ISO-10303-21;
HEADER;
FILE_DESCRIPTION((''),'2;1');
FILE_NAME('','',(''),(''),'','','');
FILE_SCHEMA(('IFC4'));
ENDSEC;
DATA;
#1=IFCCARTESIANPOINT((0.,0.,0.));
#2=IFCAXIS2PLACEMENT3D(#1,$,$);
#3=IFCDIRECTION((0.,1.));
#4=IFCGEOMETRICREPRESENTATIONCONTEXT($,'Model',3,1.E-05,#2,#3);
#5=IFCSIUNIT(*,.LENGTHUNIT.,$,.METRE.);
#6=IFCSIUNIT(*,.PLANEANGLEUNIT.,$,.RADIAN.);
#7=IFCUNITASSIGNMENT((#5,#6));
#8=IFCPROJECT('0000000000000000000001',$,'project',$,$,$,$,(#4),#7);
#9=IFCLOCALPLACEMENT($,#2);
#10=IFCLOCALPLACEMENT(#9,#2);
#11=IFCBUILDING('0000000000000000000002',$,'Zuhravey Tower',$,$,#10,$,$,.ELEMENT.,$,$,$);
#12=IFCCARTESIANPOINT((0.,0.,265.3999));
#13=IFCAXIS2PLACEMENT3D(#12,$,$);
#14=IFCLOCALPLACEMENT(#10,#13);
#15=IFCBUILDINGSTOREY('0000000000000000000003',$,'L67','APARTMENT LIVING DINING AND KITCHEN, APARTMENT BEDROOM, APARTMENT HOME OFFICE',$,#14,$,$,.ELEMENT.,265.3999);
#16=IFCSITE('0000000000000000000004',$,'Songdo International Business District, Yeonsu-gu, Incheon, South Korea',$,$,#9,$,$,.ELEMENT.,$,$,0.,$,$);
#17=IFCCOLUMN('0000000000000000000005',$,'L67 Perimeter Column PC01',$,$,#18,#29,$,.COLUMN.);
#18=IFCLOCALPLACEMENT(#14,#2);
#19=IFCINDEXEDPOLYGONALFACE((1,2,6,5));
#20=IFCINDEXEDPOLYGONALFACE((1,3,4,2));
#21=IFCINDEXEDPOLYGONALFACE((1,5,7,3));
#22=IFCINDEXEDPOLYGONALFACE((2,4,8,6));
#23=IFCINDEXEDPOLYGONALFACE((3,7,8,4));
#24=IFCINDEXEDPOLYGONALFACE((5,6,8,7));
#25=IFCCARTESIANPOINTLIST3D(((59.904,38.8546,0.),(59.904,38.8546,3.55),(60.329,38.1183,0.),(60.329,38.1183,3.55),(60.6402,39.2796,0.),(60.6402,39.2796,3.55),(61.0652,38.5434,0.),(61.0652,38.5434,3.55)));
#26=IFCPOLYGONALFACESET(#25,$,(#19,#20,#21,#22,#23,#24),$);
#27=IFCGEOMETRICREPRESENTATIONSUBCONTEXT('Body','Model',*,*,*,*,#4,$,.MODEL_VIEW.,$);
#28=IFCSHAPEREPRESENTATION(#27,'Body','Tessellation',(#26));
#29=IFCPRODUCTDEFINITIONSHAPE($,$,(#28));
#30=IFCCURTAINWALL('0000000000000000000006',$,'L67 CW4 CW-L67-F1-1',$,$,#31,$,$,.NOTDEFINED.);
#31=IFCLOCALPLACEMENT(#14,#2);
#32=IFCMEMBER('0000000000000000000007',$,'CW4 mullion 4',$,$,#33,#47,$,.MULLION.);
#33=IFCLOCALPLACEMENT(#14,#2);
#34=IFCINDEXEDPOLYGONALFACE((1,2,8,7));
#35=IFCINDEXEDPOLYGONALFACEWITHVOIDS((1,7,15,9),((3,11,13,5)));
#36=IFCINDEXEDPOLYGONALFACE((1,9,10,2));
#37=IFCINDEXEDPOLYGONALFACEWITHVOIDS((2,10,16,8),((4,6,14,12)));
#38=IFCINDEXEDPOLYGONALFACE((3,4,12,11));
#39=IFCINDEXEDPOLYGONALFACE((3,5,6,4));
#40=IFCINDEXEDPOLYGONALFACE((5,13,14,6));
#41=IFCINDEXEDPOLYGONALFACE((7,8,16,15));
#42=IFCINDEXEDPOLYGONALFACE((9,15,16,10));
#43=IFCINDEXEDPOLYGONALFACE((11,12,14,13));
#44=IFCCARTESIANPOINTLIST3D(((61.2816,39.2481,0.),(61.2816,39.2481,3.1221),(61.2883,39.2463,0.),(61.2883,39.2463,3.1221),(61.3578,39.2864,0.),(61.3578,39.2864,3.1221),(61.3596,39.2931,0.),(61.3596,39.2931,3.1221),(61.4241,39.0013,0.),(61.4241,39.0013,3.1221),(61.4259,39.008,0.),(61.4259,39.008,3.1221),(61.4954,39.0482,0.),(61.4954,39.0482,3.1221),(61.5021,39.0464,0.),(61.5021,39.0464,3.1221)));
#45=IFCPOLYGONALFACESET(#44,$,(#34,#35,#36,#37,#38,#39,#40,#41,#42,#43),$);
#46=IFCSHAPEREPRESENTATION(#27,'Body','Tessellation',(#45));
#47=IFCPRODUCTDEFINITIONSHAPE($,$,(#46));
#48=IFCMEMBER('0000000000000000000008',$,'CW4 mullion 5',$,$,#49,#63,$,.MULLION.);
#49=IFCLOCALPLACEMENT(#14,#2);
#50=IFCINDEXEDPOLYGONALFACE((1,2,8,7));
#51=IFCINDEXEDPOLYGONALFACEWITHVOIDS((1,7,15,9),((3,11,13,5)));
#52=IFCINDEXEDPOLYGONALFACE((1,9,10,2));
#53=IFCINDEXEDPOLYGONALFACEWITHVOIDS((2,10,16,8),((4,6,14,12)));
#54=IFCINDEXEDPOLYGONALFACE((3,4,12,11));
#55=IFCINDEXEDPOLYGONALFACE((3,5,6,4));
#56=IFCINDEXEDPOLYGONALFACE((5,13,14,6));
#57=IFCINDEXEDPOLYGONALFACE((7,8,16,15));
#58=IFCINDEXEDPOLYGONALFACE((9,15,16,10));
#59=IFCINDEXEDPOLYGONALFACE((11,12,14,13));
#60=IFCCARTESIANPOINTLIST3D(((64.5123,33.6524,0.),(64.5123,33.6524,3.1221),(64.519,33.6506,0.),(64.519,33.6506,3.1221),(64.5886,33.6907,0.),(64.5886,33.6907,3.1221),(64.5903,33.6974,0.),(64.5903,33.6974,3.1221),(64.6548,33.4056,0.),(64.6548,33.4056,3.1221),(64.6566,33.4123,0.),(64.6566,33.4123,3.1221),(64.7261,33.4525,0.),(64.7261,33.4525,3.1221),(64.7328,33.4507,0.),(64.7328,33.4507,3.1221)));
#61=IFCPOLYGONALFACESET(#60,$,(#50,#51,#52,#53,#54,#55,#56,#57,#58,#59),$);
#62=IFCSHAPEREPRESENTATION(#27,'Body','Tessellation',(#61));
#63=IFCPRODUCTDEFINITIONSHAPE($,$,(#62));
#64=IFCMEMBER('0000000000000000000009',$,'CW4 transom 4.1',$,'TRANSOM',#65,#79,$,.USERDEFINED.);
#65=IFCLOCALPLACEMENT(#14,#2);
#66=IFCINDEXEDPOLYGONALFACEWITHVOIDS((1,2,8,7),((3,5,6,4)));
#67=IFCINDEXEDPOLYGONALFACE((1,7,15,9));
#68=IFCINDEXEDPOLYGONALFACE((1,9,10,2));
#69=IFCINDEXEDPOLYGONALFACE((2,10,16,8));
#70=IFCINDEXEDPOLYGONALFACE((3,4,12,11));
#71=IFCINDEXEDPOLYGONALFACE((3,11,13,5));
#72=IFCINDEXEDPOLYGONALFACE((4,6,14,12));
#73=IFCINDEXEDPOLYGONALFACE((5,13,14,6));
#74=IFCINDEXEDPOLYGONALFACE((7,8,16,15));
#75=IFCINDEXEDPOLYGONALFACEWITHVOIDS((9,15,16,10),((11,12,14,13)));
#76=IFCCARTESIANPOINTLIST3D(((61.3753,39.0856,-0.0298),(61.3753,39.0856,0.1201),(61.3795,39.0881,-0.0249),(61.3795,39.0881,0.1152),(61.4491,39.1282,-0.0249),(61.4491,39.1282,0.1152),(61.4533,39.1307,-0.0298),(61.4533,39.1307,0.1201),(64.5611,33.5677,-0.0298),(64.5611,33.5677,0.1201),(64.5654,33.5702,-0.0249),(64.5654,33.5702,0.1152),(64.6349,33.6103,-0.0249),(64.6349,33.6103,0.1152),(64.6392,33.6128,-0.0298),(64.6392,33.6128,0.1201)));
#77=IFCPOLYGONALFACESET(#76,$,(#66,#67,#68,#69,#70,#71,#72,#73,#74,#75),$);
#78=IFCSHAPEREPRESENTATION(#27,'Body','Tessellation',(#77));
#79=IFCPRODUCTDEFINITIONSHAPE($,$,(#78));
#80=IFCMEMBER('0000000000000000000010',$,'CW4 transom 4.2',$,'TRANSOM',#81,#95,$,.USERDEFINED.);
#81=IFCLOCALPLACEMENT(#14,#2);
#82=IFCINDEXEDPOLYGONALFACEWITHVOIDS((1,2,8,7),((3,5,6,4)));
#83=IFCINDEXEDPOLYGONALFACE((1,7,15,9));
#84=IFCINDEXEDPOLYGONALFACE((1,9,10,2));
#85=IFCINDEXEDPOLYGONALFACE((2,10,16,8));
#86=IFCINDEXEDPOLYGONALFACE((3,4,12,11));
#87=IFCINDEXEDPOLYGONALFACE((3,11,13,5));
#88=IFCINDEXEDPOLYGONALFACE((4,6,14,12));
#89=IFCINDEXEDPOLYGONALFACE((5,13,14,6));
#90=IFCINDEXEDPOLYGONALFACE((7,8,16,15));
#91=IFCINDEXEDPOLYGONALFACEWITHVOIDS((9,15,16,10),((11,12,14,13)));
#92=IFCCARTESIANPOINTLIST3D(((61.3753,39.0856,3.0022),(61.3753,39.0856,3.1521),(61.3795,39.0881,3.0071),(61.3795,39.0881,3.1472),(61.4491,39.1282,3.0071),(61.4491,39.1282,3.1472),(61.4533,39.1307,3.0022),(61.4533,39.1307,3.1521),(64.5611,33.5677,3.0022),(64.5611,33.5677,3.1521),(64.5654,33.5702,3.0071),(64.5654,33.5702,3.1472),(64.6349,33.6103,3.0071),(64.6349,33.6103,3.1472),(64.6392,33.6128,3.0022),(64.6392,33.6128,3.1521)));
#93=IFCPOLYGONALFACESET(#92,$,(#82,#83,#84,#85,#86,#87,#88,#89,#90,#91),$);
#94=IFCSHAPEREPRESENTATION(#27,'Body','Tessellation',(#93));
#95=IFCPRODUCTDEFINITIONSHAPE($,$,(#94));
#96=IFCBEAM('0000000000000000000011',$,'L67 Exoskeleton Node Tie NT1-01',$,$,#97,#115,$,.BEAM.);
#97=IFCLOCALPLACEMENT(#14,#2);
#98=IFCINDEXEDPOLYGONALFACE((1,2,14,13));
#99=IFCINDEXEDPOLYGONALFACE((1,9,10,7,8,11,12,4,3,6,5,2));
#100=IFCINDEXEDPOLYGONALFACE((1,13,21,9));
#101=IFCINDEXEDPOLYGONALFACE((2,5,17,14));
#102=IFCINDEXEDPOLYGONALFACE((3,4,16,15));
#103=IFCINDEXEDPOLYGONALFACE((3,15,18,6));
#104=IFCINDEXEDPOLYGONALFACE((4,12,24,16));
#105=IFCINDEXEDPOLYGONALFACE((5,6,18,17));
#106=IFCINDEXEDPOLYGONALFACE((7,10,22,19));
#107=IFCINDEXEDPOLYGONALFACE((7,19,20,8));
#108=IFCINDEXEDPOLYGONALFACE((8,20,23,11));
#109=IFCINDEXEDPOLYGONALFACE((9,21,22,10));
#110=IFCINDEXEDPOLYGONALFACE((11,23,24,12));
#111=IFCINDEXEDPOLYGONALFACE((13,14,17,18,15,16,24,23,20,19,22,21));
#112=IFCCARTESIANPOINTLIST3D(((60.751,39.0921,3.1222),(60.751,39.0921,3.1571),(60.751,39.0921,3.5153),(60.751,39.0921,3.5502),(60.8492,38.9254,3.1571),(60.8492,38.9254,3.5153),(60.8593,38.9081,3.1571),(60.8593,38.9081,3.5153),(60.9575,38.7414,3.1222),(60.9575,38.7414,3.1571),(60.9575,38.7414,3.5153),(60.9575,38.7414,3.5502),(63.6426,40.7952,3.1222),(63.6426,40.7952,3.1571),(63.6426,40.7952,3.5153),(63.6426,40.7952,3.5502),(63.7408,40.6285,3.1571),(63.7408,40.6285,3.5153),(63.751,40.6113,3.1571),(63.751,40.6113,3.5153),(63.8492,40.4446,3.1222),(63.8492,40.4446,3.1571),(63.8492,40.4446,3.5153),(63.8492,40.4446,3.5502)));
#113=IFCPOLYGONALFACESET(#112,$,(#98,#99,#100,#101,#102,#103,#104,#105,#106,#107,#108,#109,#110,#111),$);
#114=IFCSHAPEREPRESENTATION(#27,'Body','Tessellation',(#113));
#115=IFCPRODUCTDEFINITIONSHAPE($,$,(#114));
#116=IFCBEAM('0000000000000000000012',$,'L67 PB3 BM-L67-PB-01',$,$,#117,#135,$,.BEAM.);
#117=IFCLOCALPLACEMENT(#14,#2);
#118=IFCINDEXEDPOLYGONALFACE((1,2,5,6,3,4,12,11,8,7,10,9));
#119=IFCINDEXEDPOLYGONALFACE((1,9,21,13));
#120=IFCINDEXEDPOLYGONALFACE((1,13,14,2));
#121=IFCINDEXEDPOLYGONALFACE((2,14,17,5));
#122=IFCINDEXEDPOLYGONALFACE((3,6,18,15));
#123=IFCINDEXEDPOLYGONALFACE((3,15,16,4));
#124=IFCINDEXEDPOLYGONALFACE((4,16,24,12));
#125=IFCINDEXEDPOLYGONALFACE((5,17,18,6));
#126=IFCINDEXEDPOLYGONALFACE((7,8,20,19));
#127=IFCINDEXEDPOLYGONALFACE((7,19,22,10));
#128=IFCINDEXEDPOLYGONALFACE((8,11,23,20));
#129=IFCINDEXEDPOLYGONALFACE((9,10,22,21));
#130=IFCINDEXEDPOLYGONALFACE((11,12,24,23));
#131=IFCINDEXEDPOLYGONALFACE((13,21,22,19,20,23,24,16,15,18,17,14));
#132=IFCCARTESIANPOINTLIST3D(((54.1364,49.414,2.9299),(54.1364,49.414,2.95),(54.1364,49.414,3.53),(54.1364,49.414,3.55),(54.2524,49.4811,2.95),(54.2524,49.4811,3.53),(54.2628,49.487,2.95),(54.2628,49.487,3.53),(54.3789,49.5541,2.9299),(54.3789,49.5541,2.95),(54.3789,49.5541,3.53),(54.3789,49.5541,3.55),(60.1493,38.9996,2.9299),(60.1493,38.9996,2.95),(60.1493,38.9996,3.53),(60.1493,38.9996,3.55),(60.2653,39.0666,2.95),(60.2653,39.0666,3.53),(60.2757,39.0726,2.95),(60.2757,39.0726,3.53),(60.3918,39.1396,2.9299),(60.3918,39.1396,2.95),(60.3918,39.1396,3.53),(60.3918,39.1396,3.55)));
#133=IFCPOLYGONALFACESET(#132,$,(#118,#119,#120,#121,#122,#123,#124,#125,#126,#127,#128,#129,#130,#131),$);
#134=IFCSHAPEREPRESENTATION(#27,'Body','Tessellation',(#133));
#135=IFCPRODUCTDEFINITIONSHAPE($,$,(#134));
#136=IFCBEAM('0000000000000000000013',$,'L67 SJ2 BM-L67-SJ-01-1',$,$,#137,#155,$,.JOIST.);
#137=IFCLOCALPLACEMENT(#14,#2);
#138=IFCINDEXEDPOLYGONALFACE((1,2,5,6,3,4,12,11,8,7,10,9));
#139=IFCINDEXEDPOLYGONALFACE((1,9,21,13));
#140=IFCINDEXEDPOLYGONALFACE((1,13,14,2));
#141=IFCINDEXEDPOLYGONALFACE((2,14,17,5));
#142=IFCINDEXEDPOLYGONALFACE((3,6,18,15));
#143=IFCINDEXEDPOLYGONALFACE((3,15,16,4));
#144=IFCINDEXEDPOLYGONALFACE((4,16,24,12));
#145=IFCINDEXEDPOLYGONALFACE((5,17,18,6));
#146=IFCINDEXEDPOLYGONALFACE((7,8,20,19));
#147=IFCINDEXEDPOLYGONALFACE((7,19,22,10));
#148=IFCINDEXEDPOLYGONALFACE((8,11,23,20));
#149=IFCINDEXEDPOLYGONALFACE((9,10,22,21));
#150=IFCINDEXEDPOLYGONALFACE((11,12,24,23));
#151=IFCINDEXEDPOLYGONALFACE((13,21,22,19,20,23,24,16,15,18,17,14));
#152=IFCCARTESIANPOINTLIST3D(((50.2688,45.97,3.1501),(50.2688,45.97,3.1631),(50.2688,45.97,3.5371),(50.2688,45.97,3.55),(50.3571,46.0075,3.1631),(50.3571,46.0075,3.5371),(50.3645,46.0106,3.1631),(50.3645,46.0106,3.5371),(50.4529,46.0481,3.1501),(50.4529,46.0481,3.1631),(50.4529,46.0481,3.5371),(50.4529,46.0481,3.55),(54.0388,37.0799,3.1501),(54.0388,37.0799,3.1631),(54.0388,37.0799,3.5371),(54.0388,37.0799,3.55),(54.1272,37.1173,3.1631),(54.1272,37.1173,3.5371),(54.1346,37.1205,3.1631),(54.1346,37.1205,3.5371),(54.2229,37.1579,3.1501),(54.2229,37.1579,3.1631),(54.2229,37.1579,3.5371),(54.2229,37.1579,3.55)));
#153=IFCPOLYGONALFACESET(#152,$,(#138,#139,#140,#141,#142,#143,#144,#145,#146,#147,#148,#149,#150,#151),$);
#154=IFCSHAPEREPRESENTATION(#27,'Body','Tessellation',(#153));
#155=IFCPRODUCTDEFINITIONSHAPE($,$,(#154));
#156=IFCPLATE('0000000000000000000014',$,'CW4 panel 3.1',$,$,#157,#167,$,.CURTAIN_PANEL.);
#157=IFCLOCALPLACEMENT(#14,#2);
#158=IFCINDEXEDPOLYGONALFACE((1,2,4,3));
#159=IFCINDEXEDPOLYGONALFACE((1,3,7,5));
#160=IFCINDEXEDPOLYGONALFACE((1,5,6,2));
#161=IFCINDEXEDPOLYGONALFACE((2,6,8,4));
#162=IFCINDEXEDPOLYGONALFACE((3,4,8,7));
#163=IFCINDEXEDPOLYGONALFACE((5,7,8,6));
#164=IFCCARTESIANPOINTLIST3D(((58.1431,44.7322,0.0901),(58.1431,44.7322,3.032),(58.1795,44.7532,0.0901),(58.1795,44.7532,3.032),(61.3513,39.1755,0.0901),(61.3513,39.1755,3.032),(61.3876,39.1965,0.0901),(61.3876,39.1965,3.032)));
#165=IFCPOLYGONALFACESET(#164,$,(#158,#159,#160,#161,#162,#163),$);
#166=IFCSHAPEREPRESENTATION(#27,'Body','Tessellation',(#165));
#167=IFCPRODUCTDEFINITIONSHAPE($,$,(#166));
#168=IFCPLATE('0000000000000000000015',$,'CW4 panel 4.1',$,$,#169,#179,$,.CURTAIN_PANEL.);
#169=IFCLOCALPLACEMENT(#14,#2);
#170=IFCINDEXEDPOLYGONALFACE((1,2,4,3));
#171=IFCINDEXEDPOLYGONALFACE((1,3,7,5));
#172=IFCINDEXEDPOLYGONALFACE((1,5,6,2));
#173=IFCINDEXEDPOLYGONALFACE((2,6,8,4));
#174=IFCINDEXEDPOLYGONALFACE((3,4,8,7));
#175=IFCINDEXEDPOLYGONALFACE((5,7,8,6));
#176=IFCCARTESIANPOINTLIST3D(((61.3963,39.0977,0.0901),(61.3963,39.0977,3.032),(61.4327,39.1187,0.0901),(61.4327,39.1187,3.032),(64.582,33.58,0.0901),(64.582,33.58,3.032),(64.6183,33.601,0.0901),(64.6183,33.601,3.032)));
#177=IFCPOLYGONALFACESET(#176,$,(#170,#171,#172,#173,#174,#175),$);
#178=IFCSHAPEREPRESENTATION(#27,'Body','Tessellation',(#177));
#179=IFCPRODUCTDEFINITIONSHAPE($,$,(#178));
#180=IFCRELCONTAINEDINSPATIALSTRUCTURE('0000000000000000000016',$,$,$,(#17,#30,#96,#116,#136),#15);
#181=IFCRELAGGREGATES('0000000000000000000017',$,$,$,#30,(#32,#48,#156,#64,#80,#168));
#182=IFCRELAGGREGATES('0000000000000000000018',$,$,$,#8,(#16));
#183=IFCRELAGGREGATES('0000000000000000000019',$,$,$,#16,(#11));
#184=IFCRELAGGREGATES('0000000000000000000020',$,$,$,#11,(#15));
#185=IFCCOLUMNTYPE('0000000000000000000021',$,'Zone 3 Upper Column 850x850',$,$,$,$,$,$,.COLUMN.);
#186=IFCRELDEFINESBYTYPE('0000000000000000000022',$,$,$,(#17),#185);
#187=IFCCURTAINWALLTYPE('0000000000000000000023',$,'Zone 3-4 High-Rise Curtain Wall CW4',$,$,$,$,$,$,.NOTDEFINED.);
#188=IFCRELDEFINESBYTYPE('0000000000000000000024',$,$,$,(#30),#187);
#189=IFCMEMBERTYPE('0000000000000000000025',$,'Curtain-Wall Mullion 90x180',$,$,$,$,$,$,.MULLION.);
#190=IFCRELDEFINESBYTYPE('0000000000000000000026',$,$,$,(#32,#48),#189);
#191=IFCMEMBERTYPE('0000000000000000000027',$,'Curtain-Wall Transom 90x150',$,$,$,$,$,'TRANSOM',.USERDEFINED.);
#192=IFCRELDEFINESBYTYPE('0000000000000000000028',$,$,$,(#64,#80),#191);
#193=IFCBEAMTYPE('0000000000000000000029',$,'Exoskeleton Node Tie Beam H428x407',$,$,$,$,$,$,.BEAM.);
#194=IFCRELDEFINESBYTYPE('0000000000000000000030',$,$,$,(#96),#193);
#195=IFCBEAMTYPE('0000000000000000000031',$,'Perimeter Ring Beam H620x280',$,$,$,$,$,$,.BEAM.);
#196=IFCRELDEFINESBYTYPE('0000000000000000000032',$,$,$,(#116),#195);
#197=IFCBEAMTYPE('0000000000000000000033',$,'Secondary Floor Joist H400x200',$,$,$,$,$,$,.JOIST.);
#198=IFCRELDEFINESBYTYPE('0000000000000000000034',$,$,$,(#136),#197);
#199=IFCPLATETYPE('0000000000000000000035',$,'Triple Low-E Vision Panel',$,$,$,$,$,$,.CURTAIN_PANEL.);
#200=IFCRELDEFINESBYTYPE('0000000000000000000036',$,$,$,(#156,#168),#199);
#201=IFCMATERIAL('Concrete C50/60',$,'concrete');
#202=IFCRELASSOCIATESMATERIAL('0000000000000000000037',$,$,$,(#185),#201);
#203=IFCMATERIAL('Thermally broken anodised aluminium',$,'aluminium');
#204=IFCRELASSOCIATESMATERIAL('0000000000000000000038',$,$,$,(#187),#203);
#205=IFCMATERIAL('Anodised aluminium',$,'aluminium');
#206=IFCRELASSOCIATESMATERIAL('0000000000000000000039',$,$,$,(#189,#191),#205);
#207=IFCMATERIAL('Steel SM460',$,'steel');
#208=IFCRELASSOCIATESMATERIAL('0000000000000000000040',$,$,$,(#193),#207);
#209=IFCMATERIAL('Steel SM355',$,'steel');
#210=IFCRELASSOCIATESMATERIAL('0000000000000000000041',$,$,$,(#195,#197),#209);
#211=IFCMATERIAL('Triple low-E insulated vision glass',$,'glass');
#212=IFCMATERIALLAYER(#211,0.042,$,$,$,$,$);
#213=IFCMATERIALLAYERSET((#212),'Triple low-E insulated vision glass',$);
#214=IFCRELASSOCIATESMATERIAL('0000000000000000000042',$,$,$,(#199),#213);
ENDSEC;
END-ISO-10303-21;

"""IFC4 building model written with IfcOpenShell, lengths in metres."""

from ifc_helpers import new_model, si_unit, direction, frame, origin, origin_2d, place, context, subcontext, project, spatial, rectangle, hollow_rectangle, i_section, extrude, material, layer, layer_set, material_profile, profile_set, type_object, element, aggregate, save


model = new_model("IFC4")

# Units and contexts
model_context = context("Model", 3, precision=1e-05, world=origin(), true_north=direction((0.0, 1.0)))
body_context = subcontext(model_context, "Body", "Model", "MODEL_VIEW")
ifc_project = project(units=[si_unit("LENGTHUNIT", "METRE"), si_unit("PLANEANGLEUNIT", "RADIAN")], contexts=[model_context])

# Site, building, storey
site_placement = place(None, origin())
site = spatial("IfcSite", under=ifc_project, at=site_placement, Name="Songdo International Business District, Yeonsu-gu, Incheon, South Korea", CompositionType="ELEMENT", RefElevation=0.0)
building_placement = place(site_placement, origin())
building = spatial("IfcBuilding", under=site, at=building_placement, Name="Zuhravey Tower", CompositionType="ELEMENT")
storey_placement = place(building_placement, frame((0.0, 0.0, 265.3999)))
storey = spatial("IfcBuildingStorey", under=building, at=storey_placement, Name="L67", Description="APARTMENT LIVING DINING AND KITCHEN, APARTMENT BEDROOM, APARTMENT HOME OFFICE", CompositionType="ELEMENT", Elevation=265.3999)

# Column
ifc_material_1 = material(Name="Concrete C50/60", Category="concrete")
ifc_material_profile_1 = material_profile(ifc_material_1, rectangle(XDim=0.8501, YDim=0.8501, at=origin_2d()), Name="RC-850x850")
ifc_profile_set_1 = profile_set([ifc_material_profile_1], Name="Concrete C50/60")
column_type = type_object("IfcColumnType", Name="Zone 3 Upper Column 850x850", PredefinedType="COLUMN", material=ifc_profile_set_1)
column_placement = place(storey_placement, frame((60.4846, 38.699, 0.0), z_axis=(0.0, 0.0, 1.0), x_axis=(-0.5, 0.866025, 0.0)))
element("IfcColumn", 1, at=column_placement, inside=storey, type_object=column_type, Name="L67 Perimeter Column PC01", PredefinedType="COLUMN", context=body_context, shape_type="SweptSolid", body=[
    extrude(rectangle(XDim=0.8501, YDim=0.8501, at=origin_2d()), origin(), (0.0, 0.0, 1.0), 3.55),
])

# Curtain wall, members
ifc_material_2 = material(Name="Thermally broken anodised aluminium", Category="aluminium")
curtain_wall_type = type_object("IfcCurtainWallType", Name="Zone 3-4 High-Rise Curtain Wall CW4", PredefinedType="NOTDEFINED", material=ifc_material_2)
curtain_wall_placement = place(storey_placement, origin())
curtain_wall = element("IfcCurtainWall", 2, at=curtain_wall_placement, inside=storey, type_object=curtain_wall_type, Name="L67 CW4 CW-L67-F1-1", PredefinedType="NOTDEFINED")
ifc_material_3 = material(Name="Anodised aluminium", Category="aluminium")
ifc_material_profile_2 = material_profile(ifc_material_3, hollow_rectangle(XDim=0.0901, YDim=0.2849, WallThickness=0.0049, at=origin_2d()), Name="ALU-RHS-90x285x5")
ifc_profile_set_2 = profile_set([ifc_material_profile_2], Name="Anodised aluminium")
member_type_1 = type_object("IfcMemberType", Name="Curtain-Wall Mullion 90x180", PredefinedType="MULLION", material=ifc_profile_set_2)
member_1_placement = place(storey_placement, frame((61.3918, 39.1472, 0.0), z_axis=(0.0, 0.0, 1.0), x_axis=(0.866025, 0.500001, 0.0)))
member_1 = element("IfcMember", 3, at=member_1_placement, type_object=member_type_1, Name="CW4 mullion 4", PredefinedType="MULLION", context=body_context, shape_type="SweptSolid", body=[
    extrude(hollow_rectangle(XDim=0.0901, YDim=0.2849, WallThickness=0.0049, at=origin_2d()), origin(), (0.0, 0.0, 1.0), 3.1221),
])
member_2_placement = place(storey_placement, frame((64.6226, 33.5515, 0.0), z_axis=(0.0, 0.0, 1.0), x_axis=(0.866025, 0.500001, 0.0)))
member_2 = element("IfcMember", 4, at=member_2_placement, type_object=member_type_1, Name="CW4 mullion 5", PredefinedType="MULLION", context=body_context, shape_type="SweptSolid", body=[
    extrude(hollow_rectangle(XDim=0.0901, YDim=0.2849, WallThickness=0.0049, at=origin_2d()), origin(), (0.0, 0.0, 1.0), 3.1221),
])
ifc_material_profile_3 = material_profile(ifc_material_3, hollow_rectangle(XDim=0.0901, YDim=0.1499, WallThickness=0.0049, at=origin_2d()), Name="ALU-RHS-90x150x5")
ifc_profile_set_3 = profile_set([ifc_material_profile_3], Name="Anodised aluminium")
member_type_2 = type_object("IfcMemberType", Name="Curtain-Wall Transom 90x150", ElementType="TRANSOM", PredefinedType="USERDEFINED", material=ifc_profile_set_3)
member_3_placement = place(storey_placement, frame((61.4143, 39.1082, 0.0452), z_axis=(0.500009, -0.86602, 0.0), x_axis=(0.86602, 0.500009, 0.0)))
member_3 = element("IfcMember", 5, at=member_3_placement, type_object=member_type_2, Name="CW4 transom 4.1", ObjectType="TRANSOM", PredefinedType="USERDEFINED", context=body_context, shape_type="SweptSolid", body=[
    extrude(hollow_rectangle(XDim=0.0901, YDim=0.1499, WallThickness=0.0049, at=origin_2d()), origin(), (0.0, 0.0, 1.0), 6.3716),
])
member_4_placement = place(storey_placement, frame((61.4143, 39.1082, 3.0771), z_axis=(0.500009, -0.86602, 0.0), x_axis=(0.86602, 0.500009, 0.0)))
member_4 = element("IfcMember", 6, at=member_4_placement, type_object=member_type_2, Name="CW4 transom 4.2", ObjectType="TRANSOM", PredefinedType="USERDEFINED", context=body_context, shape_type="SweptSolid", body=[
    extrude(hollow_rectangle(XDim=0.0901, YDim=0.1499, WallThickness=0.0049, at=origin_2d()), origin(), (0.0, 0.0, 1.0), 6.3716),
])

# Beams
ifc_material_4 = material(Name="Steel SM460", Category="steel")
ifc_material_profile_4 = material_profile(ifc_material_4, i_section(OverallWidth=0.407, OverallDepth=0.428, WebThickness=0.02, FlangeThickness=0.0349, at=origin_2d()), Name="H-428x407x20x35")
ifc_profile_set_4 = profile_set([ifc_material_profile_4], Name="Steel SM460")
beam_type_1 = type_object("IfcBeamType", Name="Exoskeleton Node Tie Beam H428x407", PredefinedType="BEAM", material=ifc_profile_set_4)
beam_1_placement = place(storey_placement, frame((60.8542, 38.9167, 3.3362), z_axis=(0.86165, 0.507503, 0.0), x_axis=(-0.507503, 0.86165, 0.0)))
element("IfcBeam", 7, at=beam_1_placement, inside=storey, type_object=beam_type_1, Name="L67 Exoskeleton Node Tie NT1-01", PredefinedType="BEAM", context=body_context, shape_type="SweptSolid", body=[
    extrude(i_section(OverallWidth=0.407, OverallDepth=0.428, WebThickness=0.02, FlangeThickness=0.0349, at=origin_2d()), origin(), (0.0, 0.0, 1.0), 3.356),
])
ifc_material_5 = material(Name="Steel SM355", Category="steel")
ifc_material_profile_5 = material_profile(ifc_material_5, i_section(OverallWidth=0.28, OverallDepth=0.6201, WebThickness=0.012, FlangeThickness=0.02, at=origin_2d()), Name="H-620x280x12x20")
ifc_profile_set_5 = profile_set([ifc_material_profile_5], Name="Steel SM355")
beam_type_2 = type_object("IfcBeamType", Name="Perimeter Ring Beam H620x280", PredefinedType="BEAM", material=ifc_profile_set_5)
beam_2_placement = place(storey_placement, frame((60.2705, 39.0696, 3.24), z_axis=(-0.500006, 0.866022, 0.0), x_axis=(-0.866022, -0.500006, 0.0)))
element("IfcBeam", 8, at=beam_2_placement, inside=storey, type_object=beam_type_2, Name="L67 PB3 BM-L67-PB-01", PredefinedType="BEAM", context=body_context, shape_type="SweptSolid", body=[
    extrude(i_section(OverallWidth=0.28, OverallDepth=0.6201, WebThickness=0.012, FlangeThickness=0.02, at=origin_2d()), origin(), (0.0, 0.0, 1.0), 12.0256),
])
ifc_material_profile_6 = material_profile(ifc_material_5, i_section(OverallWidth=0.2, OverallDepth=0.3999, WebThickness=0.0081, FlangeThickness=0.0129, at=origin_2d()), Name="H-400x200x8x13")
ifc_profile_set_6 = profile_set([ifc_material_profile_6], Name="Steel SM355")
beam_type_3 = type_object("IfcBeamType", Name="Secondary Floor Joist H400x200", PredefinedType="JOIST", material=ifc_profile_set_6)
beam_3_placement = place(storey_placement, frame((54.1309, 37.1189, 3.3501), z_axis=(-0.390413, 0.92064, 0.0), x_axis=(-0.92064, -0.390413, 0.0)))
element("IfcBeam", 9, at=beam_3_placement, inside=storey, type_object=beam_type_3, Name="L67 SJ2 BM-L67-SJ-01-1", PredefinedType="JOIST", context=body_context, shape_type="SweptSolid", body=[
    extrude(i_section(OverallWidth=0.2, OverallDepth=0.3999, WebThickness=0.0081, FlangeThickness=0.0129, at=origin_2d()), origin(), (0.0, 0.0, 1.0), 9.6565),
])

# Plates
ifc_material_6 = material(Name="Triple low-E insulated vision glass", Category="glass")
ifc_layer_1 = layer(ifc_material_6, 0.042)
ifc_layer_set_1 = layer_set([ifc_layer_1], Name="Triple low-E insulated vision glass")
plate_type = type_object("IfcPlateType", Name="Triple Low-E Vision Panel", PredefinedType="CURTAIN_PANEL", material=ifc_layer_set_1)
plate_1_placement = place(storey_placement, frame((59.7654, 41.9644, 0.0901), z_axis=(0.0, 0.0, 1.0), x_axis=(0.500001, -0.866025, 0.0)))
plate_1 = element("IfcPlate", 10, at=plate_1_placement, type_object=plate_type, Name="CW4 panel 3.1", PredefinedType="CURTAIN_PANEL", context=body_context, shape_type="SweptSolid", body=[
    extrude(rectangle(XDim=6.4163, YDim=0.042, at=origin_2d()), origin(), (0.0, 0.0, 1.0), 2.9419),
])
plate_2_placement = place(storey_placement, frame((63.0073, 36.3494, 0.0901), z_axis=(0.0, 0.0, 1.0), x_axis=(0.500001, -0.866025, 0.0)))
plate_2 = element("IfcPlate", 11, at=plate_2_placement, type_object=plate_type, Name="CW4 panel 4.1", PredefinedType="CURTAIN_PANEL", context=body_context, shape_type="SweptSolid", body=[
    extrude(rectangle(XDim=6.3713, YDim=0.042, at=origin_2d()), origin(), (0.0, 0.0, 1.0), 2.9419),
])
aggregate(curtain_wall, [member_1, member_2, plate_1, member_3, member_4, plate_2])

save(model, "model.ifc")
